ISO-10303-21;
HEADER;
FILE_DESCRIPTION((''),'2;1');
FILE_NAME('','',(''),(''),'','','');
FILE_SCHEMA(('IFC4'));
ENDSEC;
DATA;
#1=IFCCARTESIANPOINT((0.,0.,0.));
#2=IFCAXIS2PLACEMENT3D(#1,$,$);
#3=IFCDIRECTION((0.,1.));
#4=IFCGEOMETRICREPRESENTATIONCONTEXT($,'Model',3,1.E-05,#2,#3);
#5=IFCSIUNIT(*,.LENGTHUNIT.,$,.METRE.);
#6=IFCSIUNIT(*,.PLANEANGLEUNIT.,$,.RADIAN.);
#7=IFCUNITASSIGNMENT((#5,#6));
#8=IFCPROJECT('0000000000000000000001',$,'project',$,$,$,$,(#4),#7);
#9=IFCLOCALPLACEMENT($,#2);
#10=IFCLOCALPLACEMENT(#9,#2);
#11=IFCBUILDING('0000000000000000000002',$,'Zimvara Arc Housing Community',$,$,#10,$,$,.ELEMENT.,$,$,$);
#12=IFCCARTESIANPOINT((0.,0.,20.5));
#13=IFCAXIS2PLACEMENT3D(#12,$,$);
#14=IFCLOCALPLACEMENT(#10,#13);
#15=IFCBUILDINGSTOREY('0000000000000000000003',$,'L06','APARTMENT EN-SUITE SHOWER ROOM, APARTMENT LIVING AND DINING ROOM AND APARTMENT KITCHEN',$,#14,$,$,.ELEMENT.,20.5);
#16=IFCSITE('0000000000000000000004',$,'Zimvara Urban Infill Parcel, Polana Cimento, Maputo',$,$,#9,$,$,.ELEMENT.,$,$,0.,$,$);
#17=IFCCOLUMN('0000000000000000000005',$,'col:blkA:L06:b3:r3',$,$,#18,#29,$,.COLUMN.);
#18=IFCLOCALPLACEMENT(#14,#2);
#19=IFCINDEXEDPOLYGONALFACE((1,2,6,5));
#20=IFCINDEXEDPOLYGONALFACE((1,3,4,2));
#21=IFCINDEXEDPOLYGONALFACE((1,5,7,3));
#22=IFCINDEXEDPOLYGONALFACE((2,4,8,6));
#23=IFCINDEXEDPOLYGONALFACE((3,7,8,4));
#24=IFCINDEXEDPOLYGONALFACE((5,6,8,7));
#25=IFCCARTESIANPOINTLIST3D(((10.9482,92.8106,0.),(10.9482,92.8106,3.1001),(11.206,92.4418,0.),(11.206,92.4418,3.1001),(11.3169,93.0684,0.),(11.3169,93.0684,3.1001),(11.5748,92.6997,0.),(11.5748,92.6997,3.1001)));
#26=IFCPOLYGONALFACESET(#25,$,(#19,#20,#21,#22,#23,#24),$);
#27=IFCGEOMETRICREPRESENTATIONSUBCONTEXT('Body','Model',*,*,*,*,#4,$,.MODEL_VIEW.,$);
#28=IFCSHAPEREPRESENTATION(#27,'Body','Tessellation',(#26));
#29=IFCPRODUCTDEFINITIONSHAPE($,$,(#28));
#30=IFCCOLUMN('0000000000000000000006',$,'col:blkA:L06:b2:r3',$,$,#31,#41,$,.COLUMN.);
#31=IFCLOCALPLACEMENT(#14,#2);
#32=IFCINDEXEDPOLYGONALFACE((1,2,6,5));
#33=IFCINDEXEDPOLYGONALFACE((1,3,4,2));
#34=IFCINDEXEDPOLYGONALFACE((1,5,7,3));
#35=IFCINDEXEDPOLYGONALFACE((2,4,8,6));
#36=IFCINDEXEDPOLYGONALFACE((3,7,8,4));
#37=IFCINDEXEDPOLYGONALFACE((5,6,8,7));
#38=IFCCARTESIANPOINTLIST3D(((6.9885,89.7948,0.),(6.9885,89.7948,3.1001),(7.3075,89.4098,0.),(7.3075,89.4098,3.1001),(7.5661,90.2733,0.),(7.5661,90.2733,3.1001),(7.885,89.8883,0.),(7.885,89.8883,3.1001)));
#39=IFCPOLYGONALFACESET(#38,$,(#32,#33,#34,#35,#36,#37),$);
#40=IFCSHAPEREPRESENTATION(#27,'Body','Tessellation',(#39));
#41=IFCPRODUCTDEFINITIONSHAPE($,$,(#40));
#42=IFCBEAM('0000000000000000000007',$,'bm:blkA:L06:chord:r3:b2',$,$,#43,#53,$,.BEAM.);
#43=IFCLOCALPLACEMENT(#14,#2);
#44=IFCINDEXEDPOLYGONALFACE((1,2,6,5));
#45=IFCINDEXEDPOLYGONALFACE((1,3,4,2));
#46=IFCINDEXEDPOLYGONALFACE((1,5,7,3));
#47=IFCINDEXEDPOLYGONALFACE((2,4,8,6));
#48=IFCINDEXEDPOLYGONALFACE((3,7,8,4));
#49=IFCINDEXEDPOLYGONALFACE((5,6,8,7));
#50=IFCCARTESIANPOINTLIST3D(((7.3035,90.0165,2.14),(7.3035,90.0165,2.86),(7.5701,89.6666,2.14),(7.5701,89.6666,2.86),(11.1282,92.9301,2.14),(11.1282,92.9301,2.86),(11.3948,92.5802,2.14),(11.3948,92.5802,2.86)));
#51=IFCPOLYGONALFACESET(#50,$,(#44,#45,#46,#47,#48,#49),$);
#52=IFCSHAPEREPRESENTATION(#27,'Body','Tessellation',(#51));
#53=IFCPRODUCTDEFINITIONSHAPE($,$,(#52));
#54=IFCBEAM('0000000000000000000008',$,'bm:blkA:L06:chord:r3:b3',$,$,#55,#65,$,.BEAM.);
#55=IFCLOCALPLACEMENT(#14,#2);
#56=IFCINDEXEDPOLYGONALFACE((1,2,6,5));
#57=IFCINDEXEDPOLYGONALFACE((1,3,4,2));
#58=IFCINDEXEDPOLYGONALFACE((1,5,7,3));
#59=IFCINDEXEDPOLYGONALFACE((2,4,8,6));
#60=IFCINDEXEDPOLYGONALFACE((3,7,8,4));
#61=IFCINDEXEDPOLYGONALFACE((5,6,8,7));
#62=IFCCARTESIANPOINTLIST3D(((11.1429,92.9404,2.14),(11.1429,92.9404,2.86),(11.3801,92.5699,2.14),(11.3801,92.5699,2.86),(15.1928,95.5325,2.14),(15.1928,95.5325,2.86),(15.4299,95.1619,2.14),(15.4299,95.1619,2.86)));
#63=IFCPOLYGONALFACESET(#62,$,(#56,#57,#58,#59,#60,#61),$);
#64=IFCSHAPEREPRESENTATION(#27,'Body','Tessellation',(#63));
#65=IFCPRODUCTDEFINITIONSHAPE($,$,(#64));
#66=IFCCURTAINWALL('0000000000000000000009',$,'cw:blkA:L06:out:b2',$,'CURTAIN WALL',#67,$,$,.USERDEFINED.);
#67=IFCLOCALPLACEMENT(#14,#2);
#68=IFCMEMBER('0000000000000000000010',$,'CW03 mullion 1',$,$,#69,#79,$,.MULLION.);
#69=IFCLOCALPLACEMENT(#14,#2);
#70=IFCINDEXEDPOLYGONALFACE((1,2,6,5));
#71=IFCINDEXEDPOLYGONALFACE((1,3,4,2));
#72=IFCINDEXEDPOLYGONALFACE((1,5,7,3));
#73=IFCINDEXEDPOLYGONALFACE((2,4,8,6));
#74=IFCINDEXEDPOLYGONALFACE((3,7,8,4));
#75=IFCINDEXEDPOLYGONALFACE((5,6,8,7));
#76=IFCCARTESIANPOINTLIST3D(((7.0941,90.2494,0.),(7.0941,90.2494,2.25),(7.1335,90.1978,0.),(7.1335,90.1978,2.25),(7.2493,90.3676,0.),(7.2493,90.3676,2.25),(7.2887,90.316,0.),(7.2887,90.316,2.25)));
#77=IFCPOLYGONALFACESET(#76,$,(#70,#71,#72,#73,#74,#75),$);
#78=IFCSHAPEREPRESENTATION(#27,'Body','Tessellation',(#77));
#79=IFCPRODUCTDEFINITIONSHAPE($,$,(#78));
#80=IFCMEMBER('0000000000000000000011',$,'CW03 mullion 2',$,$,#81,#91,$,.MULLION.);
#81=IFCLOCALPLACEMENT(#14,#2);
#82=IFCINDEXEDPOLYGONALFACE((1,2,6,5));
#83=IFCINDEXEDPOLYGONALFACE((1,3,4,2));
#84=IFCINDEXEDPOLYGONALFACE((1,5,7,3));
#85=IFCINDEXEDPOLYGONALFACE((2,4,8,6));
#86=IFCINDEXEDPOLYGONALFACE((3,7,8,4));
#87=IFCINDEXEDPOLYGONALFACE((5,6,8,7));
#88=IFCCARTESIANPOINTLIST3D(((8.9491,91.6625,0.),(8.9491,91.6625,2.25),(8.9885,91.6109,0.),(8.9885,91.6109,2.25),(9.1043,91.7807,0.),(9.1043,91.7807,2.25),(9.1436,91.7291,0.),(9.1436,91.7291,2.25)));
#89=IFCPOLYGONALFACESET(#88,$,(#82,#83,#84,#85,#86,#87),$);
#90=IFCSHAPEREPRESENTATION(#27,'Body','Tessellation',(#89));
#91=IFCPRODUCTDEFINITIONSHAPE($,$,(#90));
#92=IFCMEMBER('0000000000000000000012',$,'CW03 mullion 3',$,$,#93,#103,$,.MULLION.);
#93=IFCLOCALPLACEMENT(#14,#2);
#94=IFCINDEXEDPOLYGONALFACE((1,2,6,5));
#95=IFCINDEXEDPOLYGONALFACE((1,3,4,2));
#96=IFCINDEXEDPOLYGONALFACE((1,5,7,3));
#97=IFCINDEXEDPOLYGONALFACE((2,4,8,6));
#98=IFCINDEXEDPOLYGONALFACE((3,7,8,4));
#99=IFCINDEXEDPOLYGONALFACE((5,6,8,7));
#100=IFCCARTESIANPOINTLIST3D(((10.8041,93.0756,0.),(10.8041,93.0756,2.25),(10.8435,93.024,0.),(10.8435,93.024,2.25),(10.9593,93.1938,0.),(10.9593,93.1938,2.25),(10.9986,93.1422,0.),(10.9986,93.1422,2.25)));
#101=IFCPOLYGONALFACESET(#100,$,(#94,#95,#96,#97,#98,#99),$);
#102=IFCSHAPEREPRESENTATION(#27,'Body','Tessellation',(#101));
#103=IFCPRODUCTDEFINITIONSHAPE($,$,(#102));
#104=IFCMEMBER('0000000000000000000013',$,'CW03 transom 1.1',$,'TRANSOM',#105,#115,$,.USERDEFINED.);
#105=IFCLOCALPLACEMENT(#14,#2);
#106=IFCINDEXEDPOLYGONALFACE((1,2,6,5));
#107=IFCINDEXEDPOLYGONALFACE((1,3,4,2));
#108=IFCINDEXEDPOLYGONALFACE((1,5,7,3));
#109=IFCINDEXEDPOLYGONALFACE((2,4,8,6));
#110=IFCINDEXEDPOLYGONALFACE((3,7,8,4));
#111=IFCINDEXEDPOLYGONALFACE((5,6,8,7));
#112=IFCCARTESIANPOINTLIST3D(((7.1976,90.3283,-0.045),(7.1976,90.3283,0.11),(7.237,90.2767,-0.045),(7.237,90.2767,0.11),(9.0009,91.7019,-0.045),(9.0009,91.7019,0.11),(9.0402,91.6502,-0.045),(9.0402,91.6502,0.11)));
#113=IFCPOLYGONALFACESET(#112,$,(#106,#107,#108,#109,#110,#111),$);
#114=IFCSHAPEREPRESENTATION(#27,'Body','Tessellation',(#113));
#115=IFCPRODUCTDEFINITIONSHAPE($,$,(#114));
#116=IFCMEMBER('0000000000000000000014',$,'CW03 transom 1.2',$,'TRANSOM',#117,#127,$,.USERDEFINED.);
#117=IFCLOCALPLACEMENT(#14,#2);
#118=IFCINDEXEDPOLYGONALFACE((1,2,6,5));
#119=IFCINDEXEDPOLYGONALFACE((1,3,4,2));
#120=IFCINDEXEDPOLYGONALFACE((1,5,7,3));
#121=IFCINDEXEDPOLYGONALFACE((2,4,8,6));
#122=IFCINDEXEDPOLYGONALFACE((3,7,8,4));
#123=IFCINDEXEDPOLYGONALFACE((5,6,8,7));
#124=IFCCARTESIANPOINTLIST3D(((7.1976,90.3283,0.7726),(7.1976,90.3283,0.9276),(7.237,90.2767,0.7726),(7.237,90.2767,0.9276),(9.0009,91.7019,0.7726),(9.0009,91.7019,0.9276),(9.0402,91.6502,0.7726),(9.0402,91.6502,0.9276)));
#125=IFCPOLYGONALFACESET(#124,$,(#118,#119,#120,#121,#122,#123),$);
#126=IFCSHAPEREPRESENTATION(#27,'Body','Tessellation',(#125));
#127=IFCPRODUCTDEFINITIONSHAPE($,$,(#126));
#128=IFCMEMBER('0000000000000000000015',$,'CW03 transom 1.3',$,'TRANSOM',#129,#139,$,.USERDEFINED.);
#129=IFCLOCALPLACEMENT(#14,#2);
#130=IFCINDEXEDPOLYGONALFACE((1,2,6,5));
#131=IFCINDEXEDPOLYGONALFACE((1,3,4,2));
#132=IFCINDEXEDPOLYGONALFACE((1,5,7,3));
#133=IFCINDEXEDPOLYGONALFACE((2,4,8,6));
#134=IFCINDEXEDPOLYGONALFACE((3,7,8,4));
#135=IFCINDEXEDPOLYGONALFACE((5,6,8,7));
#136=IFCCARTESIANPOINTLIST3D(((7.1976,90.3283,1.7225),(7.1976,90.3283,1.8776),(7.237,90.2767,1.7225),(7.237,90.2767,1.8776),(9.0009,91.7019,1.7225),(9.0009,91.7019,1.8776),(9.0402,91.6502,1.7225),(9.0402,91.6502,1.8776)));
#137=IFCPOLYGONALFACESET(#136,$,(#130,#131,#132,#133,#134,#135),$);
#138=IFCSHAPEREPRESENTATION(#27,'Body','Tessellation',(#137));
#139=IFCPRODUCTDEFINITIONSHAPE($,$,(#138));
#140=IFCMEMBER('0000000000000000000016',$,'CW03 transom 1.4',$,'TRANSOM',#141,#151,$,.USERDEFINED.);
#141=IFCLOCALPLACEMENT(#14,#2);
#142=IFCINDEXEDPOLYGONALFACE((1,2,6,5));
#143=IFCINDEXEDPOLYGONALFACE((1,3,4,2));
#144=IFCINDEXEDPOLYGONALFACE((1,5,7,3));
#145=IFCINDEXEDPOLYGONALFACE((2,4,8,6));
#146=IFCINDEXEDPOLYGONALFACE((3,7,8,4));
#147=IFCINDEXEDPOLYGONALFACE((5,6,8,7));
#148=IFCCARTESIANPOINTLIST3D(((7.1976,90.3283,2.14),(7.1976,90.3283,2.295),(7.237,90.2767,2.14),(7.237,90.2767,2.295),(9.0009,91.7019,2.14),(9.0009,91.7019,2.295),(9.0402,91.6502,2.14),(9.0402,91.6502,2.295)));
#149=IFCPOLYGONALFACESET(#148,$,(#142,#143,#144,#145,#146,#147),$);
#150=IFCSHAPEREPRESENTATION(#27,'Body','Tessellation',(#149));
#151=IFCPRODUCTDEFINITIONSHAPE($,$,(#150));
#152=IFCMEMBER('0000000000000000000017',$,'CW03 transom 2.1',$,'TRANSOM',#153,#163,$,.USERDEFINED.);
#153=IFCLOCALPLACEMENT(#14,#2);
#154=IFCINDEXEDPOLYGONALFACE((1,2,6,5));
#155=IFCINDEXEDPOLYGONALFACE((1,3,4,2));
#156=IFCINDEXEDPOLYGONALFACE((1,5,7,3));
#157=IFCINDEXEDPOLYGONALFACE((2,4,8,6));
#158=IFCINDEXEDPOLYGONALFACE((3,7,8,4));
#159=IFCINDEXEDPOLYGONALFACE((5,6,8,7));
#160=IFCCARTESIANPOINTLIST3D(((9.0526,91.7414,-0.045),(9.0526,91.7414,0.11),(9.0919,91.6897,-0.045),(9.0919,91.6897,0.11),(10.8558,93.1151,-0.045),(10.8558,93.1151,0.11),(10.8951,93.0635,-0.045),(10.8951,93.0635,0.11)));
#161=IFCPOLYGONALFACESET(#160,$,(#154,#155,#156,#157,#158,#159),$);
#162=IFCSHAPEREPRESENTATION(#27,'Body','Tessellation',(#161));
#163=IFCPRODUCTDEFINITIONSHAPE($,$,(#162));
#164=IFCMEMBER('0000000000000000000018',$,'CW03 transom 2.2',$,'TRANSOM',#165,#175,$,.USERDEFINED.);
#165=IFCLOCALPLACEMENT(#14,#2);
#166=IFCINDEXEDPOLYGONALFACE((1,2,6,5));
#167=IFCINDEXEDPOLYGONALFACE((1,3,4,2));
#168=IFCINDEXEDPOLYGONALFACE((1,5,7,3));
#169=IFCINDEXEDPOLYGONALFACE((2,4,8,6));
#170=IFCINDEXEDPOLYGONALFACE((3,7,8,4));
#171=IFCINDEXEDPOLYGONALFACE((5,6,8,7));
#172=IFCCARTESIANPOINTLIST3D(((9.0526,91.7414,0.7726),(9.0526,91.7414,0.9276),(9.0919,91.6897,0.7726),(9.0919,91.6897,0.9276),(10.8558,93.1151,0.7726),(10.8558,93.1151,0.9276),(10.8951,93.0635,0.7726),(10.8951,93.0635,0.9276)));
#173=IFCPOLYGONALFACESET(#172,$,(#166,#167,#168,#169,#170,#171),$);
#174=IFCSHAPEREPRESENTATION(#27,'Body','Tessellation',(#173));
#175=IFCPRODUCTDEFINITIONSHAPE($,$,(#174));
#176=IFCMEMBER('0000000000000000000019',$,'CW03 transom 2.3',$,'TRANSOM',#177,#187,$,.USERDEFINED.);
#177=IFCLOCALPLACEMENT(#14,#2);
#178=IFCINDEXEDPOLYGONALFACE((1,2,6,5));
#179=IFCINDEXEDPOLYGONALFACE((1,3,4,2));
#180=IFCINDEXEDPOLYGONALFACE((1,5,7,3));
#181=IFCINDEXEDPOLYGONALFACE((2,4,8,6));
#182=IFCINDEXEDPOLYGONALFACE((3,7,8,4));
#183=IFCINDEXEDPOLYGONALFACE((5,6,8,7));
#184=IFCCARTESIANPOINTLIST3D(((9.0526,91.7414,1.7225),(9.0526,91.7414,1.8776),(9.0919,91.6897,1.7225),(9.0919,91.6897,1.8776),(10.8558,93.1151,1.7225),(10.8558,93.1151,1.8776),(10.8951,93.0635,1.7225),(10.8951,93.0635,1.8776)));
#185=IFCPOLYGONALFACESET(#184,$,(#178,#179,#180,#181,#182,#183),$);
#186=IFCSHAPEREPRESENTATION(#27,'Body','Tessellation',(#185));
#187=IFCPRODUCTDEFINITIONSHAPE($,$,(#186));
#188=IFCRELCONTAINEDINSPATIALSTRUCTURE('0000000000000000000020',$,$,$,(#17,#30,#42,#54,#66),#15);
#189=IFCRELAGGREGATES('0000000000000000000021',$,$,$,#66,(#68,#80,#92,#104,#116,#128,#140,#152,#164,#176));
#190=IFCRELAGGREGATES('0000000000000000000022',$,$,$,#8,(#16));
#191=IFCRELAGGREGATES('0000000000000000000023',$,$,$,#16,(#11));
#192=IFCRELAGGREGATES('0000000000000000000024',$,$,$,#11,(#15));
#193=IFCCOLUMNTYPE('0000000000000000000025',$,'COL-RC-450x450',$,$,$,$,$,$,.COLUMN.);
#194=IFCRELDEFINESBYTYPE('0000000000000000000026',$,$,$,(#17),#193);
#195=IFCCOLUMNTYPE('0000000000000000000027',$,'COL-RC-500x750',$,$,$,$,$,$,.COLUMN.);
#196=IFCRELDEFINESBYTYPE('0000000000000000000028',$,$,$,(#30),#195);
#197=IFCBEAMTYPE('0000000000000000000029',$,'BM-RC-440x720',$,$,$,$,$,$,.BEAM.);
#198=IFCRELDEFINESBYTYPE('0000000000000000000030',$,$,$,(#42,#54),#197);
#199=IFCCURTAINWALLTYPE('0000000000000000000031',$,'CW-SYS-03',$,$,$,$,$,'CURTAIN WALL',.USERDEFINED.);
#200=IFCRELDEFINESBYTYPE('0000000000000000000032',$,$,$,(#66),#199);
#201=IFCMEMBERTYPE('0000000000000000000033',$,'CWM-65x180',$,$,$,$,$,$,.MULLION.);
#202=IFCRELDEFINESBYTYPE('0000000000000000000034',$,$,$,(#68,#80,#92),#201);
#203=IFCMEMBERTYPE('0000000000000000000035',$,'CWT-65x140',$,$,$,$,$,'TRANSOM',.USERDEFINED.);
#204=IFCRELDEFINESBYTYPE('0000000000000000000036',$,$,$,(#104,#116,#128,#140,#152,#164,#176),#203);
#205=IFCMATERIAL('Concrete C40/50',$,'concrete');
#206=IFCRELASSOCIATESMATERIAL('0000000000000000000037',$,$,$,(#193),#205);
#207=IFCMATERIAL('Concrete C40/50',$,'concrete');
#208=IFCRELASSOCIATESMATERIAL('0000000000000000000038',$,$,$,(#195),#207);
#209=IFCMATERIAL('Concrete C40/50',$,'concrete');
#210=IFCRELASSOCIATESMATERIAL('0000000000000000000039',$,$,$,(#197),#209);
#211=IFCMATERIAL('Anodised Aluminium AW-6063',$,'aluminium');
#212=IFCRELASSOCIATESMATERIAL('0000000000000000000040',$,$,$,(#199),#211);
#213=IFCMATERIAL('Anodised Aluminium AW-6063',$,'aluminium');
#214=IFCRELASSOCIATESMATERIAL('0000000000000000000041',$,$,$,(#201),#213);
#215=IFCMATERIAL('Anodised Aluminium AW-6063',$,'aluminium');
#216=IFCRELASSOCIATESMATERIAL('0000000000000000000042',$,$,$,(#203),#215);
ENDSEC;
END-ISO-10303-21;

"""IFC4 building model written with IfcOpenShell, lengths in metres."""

from ifc_helpers import new_model, si_unit, direction, frame, origin, origin_2d, place, context, subcontext, project, spatial, rectangle, extrude, material, material_profile, profile_set, type_object, element, aggregate, save


model = new_model("IFC4")

# Units and contexts
model_context = context("Model", 3, precision=1e-05, world=origin(), true_north=direction((0.0, 1.0)))
body_context = subcontext(model_context, "Body", "Model", "MODEL_VIEW")
ifc_project = project(units=[si_unit("LENGTHUNIT", "METRE"), si_unit("PLANEANGLEUNIT", "RADIAN")], contexts=[model_context])

# Site, building, storey
site_placement = place(None, origin())
site = spatial("IfcSite", under=ifc_project, at=site_placement, Name="Zimvara Urban Infill Parcel, Polana Cimento, Maputo", CompositionType="ELEMENT", RefElevation=0.0)
building_placement = place(site_placement, origin())
building = spatial("IfcBuilding", under=site, at=building_placement, Name="Zimvara Arc Housing Community", CompositionType="ELEMENT")
storey_placement = place(building_placement, frame((0.0, 0.0, 20.5)))
storey = spatial("IfcBuildingStorey", under=building, at=storey_placement, Name="L06", Description="APARTMENT EN-SUITE SHOWER ROOM, APARTMENT LIVING AND DINING ROOM AND APARTMENT KITCHEN", CompositionType="ELEMENT", Elevation=20.5)

# Columns
ifc_material_1 = material(Name="Concrete C40/50", Category="concrete")
ifc_material_profile_1 = material_profile(ifc_material_1, rectangle(XDim=0.45, YDim=0.45, at=origin_2d()), Name="RC 450x450")
ifc_profile_set_1 = profile_set([ifc_material_profile_1], Name="Concrete C40/50")
column_type_1 = type_object("IfcColumnType", Name="COL-RC-450x450", PredefinedType="COLUMN", material=ifc_profile_set_1)
column_1_placement = place(storey_placement, frame((11.2615, 92.7551, 0.0), z_axis=(0.0, 0.0, 1.0), x_axis=(-0.573004, 0.819552, 0.0)))
element("IfcColumn", 1, at=column_1_placement, inside=storey, type_object=column_type_1, Name="col:blkA:L06:b3:r3", PredefinedType="COLUMN", context=body_context, shape_type="SweptSolid", body=[
    extrude(rectangle(XDim=0.45, YDim=0.45, at=origin_2d()), origin(), (0.0, 0.0, 1.0), 3.1001),
])
ifc_material_2 = material(Name="Concrete C40/50", Category="concrete")
ifc_material_profile_2 = material_profile(ifc_material_2, rectangle(XDim=0.5, YDim=0.75, at=origin_2d()), Name="RC 500x750")
ifc_profile_set_2 = profile_set([ifc_material_profile_2], Name="Concrete C40/50")
column_type_2 = type_object("IfcColumnType", Name="COL-RC-500x750", PredefinedType="COLUMN", material=ifc_profile_set_2)
column_2_placement = place(storey_placement, frame((7.4368, 89.8416, 0.0), z_axis=(0.0, 0.0, 1.0), x_axis=(-0.637962, 0.770068, 0.0)))
element("IfcColumn", 2, at=column_2_placement, inside=storey, type_object=column_type_2, Name="col:blkA:L06:b2:r3", PredefinedType="COLUMN", context=body_context, shape_type="SweptSolid", body=[
    extrude(rectangle(XDim=0.5, YDim=0.75, at=origin_2d()), origin(), (0.0, 0.0, 1.0), 3.1001),
])

# Beams
ifc_material_3 = material(Name="Concrete C40/50", Category="concrete")
ifc_material_profile_3 = material_profile(ifc_material_3, rectangle(XDim=0.4399, YDim=0.72, at=origin_2d()), Name="RC 440x720")
ifc_profile_set_3 = profile_set([ifc_material_profile_3], Name="Concrete C40/50")
beam_type = type_object("IfcBeamType", Name="BM-RC-440x720", PredefinedType="BEAM", material=ifc_profile_set_3)
beam_1_placement = place(storey_placement, frame((7.4368, 89.8416, 2.5), z_axis=(0.795481, 0.605979, 0.0), x_axis=(-0.605979, 0.795481, 0.0)))
element("IfcBeam", 3, at=beam_1_placement, inside=storey, type_object=beam_type, Name="bm:blkA:L06:chord:r3:b2", PredefinedType="BEAM", context=body_context, shape_type="SweptSolid", body=[
    extrude(rectangle(XDim=0.4399, YDim=0.72, at=origin_2d()), origin(), (0.0, 0.0, 1.0), 4.8081),
])
beam_2_placement = place(storey_placement, frame((11.2615, 92.7551, 2.5), z_axis=(0.842256, 0.539078, 0.0), x_axis=(-0.539078, 0.842256, 0.0)))
element("IfcBeam", 4, at=beam_2_placement, inside=storey, type_object=beam_type, Name="bm:blkA:L06:chord:r3:b3", PredefinedType="BEAM", context=body_context, shape_type="SweptSolid", body=[
    extrude(rectangle(XDim=0.4399, YDim=0.72, at=origin_2d()), origin(), (0.0, 0.0, 1.0), 4.8083),
])

# Curtain wall, members
ifc_material_4 = material(Name="Anodised Aluminium AW-6063", Category="aluminium")
curtain_wall_type = type_object("IfcCurtainWallType", Name="CW-SYS-03", ElementType="CURTAIN WALL", PredefinedType="USERDEFINED", material=ifc_material_4)
curtain_wall_placement = place(storey_placement, origin())
curtain_wall = element("IfcCurtainWall", 5, at=curtain_wall_placement, inside=storey, type_object=curtain_wall_type, Name="cw:blkA:L06:out:b2", ObjectType="CURTAIN WALL", PredefinedType="USERDEFINED")
ifc_material_5 = material(Name="Anodised Aluminium AW-6063", Category="aluminium")
ifc_material_profile_4 = material_profile(ifc_material_5, rectangle(XDim=0.0649, YDim=0.1951, at=origin_2d()), Name="ALU 65x195")
ifc_profile_set_4 = profile_set([ifc_material_profile_4], Name="Anodised Aluminium AW-6063")
member_type_1 = type_object("IfcMemberType", Name="CWM-65x180", PredefinedType="MULLION", material=ifc_profile_set_4)
member_1_placement = place(storey_placement, frame((7.1914, 90.2827, 0.0), z_axis=(0.0, 0.0, 1.0), x_axis=(-0.605988, 0.795474, 0.0)))
member_1 = element("IfcMember", 6, at=member_1_placement, type_object=member_type_1, Name="CW03 mullion 1", PredefinedType="MULLION", context=body_context, shape_type="SweptSolid", body=[
    extrude(rectangle(XDim=0.0649, YDim=0.1951, at=origin_2d()), origin(), (0.0, 0.0, 1.0), 2.25),
])
member_2_placement = place(storey_placement, frame((9.0464, 91.6958, 0.0), z_axis=(0.0, 0.0, 1.0), x_axis=(-0.605988, 0.795474, 0.0)))
member_2 = element("IfcMember", 7, at=member_2_placement, type_object=member_type_1, Name="CW03 mullion 2", PredefinedType="MULLION", context=body_context, shape_type="SweptSolid", body=[
    extrude(rectangle(XDim=0.0649, YDim=0.1951, at=origin_2d()), origin(), (0.0, 0.0, 1.0), 2.25),
])
member_3_placement = place(storey_placement, frame((10.9014, 93.1089, 0.0), z_axis=(0.0, 0.0, 1.0), x_axis=(-0.605988, 0.795474, 0.0)))
member_3 = element("IfcMember", 8, at=member_3_placement, type_object=member_type_1, Name="CW03 mullion 3", PredefinedType="MULLION", context=body_context, shape_type="SweptSolid", body=[
    extrude(rectangle(XDim=0.0649, YDim=0.1951, at=origin_2d()), origin(), (0.0, 0.0, 1.0), 2.25),
])
ifc_material_6 = material(Name="Anodised Aluminium AW-6063", Category="aluminium")
ifc_material_profile_5 = material_profile(ifc_material_6, rectangle(XDim=0.0649, YDim=0.155, at=origin_2d()), Name="ALU 65x155")
ifc_profile_set_5 = profile_set([ifc_material_profile_5], Name="Anodised Aluminium AW-6063")
member_type_2 = type_object("IfcMemberType", Name="CWT-65x140", ElementType="TRANSOM", PredefinedType="USERDEFINED", material=ifc_profile_set_5)
member_4_placement = place(storey_placement, frame((7.2173, 90.3025, 0.0325), z_axis=(0.795506, 0.605946, 0.0), x_axis=(-0.605946, 0.795506, 0.0)))
member_4 = element("IfcMember", 9, at=member_4_placement, type_object=member_type_2, Name="CW03 transom 1.1", ObjectType="TRANSOM", PredefinedType="USERDEFINED", context=body_context, shape_type="SweptSolid", body=[
    extrude(rectangle(XDim=0.0649, YDim=0.155, at=origin_2d()), origin(), (0.0, 0.0, 1.0), 2.2668),
])
member_5_placement = place(storey_placement, frame((7.2173, 90.3025, 0.8501), z_axis=(0.795506, 0.605946, 0.0), x_axis=(-0.605946, 0.795506, 0.0)))
member_5 = element("IfcMember", 10, at=member_5_placement, type_object=member_type_2, Name="CW03 transom 1.2", ObjectType="TRANSOM", PredefinedType="USERDEFINED", context=body_context, shape_type="SweptSolid", body=[
    extrude(rectangle(XDim=0.0649, YDim=0.155, at=origin_2d()), origin(), (0.0, 0.0, 1.0), 2.2668),
])
member_6_placement = place(storey_placement, frame((7.2173, 90.3025, 1.8), z_axis=(0.795506, 0.605946, 0.0), x_axis=(-0.605946, 0.795506, 0.0)))
member_6 = element("IfcMember", 11, at=member_6_placement, type_object=member_type_2, Name="CW03 transom 1.3", ObjectType="TRANSOM", PredefinedType="USERDEFINED", context=body_context, shape_type="SweptSolid", body=[
    extrude(rectangle(XDim=0.0649, YDim=0.155, at=origin_2d()), origin(), (0.0, 0.0, 1.0), 2.2668),
])
member_7_placement = place(storey_placement, frame((7.2173, 90.3025, 2.2175), z_axis=(0.795506, 0.605946, 0.0), x_axis=(-0.605946, 0.795506, 0.0)))
member_7 = element("IfcMember", 12, at=member_7_placement, type_object=member_type_2, Name="CW03 transom 1.4", ObjectType="TRANSOM", PredefinedType="USERDEFINED", context=body_context, shape_type="SweptSolid", body=[
    extrude(rectangle(XDim=0.0649, YDim=0.155, at=origin_2d()), origin(), (0.0, 0.0, 1.0), 2.2668),
])
member_8_placement = place(storey_placement, frame((9.0723, 91.7156, 0.0325), z_axis=(0.795454, 0.606014, 0.0), x_axis=(-0.606014, 0.795454, 0.0)))
member_8 = element("IfcMember", 13, at=member_8_placement, type_object=member_type_2, Name="CW03 transom 2.1", ObjectType="TRANSOM", PredefinedType="USERDEFINED", context=body_context, shape_type="SweptSolid", body=[
    extrude(rectangle(XDim=0.0649, YDim=0.155, at=origin_2d()), origin(), (0.0, 0.0, 1.0), 2.2668),
])
member_9_placement = place(storey_placement, frame((9.0723, 91.7156, 0.8501), z_axis=(0.795454, 0.606014, 0.0), x_axis=(-0.606014, 0.795454, 0.0)))
member_9 = element("IfcMember", 14, at=member_9_placement, type_object=member_type_2, Name="CW03 transom 2.2", ObjectType="TRANSOM", PredefinedType="USERDEFINED", context=body_context, shape_type="SweptSolid", body=[
    extrude(rectangle(XDim=0.0649, YDim=0.155, at=origin_2d()), origin(), (0.0, 0.0, 1.0), 2.2668),
])
member_10_placement = place(storey_placement, frame((9.0723, 91.7156, 1.8), z_axis=(0.795454, 0.606014, 0.0), x_axis=(-0.606014, 0.795454, 0.0)))
member_10 = element("IfcMember", 15, at=member_10_placement, type_object=member_type_2, Name="CW03 transom 2.3", ObjectType="TRANSOM", PredefinedType="USERDEFINED", context=body_context, shape_type="SweptSolid", body=[
    extrude(rectangle(XDim=0.0649, YDim=0.155, at=origin_2d()), origin(), (0.0, 0.0, 1.0), 2.2668),
])
aggregate(curtain_wall, [member_1, member_2, member_3, member_4, member_5, member_6, member_7, member_8, member_9, member_10])

save(model, "model.ifc")
